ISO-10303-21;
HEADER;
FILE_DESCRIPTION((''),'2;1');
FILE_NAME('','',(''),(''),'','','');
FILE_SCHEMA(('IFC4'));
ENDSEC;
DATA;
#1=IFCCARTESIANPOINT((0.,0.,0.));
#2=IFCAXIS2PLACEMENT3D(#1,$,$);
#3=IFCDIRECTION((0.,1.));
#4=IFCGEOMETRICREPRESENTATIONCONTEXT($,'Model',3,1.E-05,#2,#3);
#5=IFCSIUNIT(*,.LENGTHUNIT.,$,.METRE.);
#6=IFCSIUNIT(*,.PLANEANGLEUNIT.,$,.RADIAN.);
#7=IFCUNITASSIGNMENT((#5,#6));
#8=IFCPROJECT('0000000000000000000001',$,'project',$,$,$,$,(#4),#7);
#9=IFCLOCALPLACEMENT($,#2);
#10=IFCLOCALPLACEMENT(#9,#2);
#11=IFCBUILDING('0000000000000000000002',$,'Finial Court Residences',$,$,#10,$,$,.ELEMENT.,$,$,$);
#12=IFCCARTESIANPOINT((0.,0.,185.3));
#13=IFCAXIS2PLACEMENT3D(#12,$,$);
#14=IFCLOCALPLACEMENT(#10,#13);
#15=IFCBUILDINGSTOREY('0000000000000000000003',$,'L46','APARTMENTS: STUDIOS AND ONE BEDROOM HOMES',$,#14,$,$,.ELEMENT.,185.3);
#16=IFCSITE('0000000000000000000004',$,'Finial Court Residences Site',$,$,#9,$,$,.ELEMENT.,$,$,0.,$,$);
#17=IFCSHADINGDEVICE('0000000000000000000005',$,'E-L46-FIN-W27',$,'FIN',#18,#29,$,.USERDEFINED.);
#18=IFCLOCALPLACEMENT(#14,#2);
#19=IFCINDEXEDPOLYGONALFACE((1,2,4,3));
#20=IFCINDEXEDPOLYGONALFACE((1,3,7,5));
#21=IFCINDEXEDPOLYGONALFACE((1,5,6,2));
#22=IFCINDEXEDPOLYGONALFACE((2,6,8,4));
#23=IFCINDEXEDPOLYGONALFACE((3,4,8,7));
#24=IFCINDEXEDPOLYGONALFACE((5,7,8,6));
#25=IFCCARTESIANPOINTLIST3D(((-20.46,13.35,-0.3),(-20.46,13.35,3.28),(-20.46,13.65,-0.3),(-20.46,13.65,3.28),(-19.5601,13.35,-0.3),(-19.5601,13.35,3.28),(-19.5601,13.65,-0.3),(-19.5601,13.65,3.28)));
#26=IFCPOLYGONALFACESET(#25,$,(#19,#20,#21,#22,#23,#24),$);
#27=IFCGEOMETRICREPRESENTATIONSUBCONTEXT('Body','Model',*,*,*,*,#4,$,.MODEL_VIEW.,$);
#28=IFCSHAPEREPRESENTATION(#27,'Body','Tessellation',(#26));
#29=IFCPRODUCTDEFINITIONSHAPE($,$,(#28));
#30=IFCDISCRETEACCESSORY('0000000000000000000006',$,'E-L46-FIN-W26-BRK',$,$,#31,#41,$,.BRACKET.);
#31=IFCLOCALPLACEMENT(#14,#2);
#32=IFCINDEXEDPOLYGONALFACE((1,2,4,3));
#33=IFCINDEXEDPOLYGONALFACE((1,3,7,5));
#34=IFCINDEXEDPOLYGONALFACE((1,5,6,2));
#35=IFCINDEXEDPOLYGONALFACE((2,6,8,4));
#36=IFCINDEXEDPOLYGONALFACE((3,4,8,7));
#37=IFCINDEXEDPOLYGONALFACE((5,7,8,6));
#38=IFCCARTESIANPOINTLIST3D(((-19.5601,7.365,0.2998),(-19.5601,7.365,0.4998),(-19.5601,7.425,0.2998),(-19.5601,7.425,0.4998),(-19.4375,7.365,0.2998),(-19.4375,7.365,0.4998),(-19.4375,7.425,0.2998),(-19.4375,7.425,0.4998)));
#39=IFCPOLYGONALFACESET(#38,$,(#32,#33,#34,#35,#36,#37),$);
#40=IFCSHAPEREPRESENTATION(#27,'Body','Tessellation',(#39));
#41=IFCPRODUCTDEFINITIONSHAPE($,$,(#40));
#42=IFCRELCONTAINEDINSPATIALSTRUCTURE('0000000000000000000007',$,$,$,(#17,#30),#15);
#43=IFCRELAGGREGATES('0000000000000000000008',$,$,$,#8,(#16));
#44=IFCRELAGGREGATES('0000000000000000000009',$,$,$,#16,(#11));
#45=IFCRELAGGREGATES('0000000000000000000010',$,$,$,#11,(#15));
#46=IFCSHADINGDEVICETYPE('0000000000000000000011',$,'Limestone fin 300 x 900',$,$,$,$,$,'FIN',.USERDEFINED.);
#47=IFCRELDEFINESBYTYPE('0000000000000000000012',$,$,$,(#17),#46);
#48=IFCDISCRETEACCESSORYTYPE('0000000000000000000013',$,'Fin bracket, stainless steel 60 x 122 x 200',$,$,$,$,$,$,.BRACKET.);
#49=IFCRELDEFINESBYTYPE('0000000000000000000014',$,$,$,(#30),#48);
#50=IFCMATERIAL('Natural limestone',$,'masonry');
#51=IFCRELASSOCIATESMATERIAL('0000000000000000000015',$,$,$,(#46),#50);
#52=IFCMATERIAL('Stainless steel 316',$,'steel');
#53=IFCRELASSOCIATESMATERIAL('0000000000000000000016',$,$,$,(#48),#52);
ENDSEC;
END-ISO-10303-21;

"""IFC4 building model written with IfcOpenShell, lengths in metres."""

from ifc_helpers import new_model, si_unit, direction, frame, origin, origin_2d, place, context, subcontext, project, spatial, rectangle, extrude, material, type_object, element, save


model = new_model("IFC4")

# Units and contexts
model_context = context("Model", 3, precision=1e-05, world=origin(), true_north=direction((0.0, 1.0)))
body_context = subcontext(model_context, "Body", "Model", "MODEL_VIEW")
ifc_project = project(units=[si_unit("LENGTHUNIT", "METRE"), si_unit("PLANEANGLEUNIT", "RADIAN")], contexts=[model_context])

# Site, building, storey
site_placement = place(None, origin())
site = spatial("IfcSite", under=ifc_project, at=site_placement, Name="Finial Court Residences Site", CompositionType="ELEMENT", RefElevation=0.0)
building_placement = place(site_placement, origin())
building = spatial("IfcBuilding", under=site, at=building_placement, Name="Finial Court Residences", CompositionType="ELEMENT")
storey_placement = place(building_placement, frame((0.0, 0.0, 185.3)))
storey = spatial("IfcBuildingStorey", under=building, at=storey_placement, Name="L46", Description="APARTMENTS: STUDIOS AND ONE BEDROOM HOMES", CompositionType="ELEMENT", Elevation=185.3)

# Shared definitions
ifc_material_1 = material(Name="Natural limestone", Category="masonry")

# Shading device
shading_device_type = type_object("IfcShadingDeviceType", Name="Limestone fin 300 x 900", ElementType="FIN", PredefinedType="USERDEFINED", material=ifc_material_1)
for number, where, z_axis, x_axis, name in (
    (1, (-20.01, 13.5, -0.3), (0.0, 0.0, 1.0), (1.0, 0.0, 0.0), "E-L46-FIN-W27"),
):
    element("IfcShadingDevice", number, at=place(storey_placement, frame(where, z_axis=z_axis, x_axis=x_axis)), inside=storey, type_object=shading_device_type, Name=name, ObjectType="FIN", PredefinedType="USERDEFINED", context=body_context, shape_type="SweptSolid", body=[
        extrude(rectangle(XDim=0.8999, YDim=0.3, at=origin_2d()), origin(), (0.0, 0.0, 1.0), 3.5801),
    ])

# Discrete accessory
ifc_material_2 = material(Name="Stainless steel 316", Category="steel")
discrete_accessory_type = type_object("IfcDiscreteAccessoryType", Name="Fin bracket, stainless steel 60 x 122 x 200", PredefinedType="BRACKET", material=ifc_material_2)
discrete_accessory_placement = place(storey_placement, frame((-19.4988, 7.395, 0.2998), z_axis=(0.0, 0.0, 1.0), x_axis=(1.0, 0.0, 0.0)))
element("IfcDiscreteAccessory", 2, at=discrete_accessory_placement, inside=storey, type_object=discrete_accessory_type, Name="E-L46-FIN-W26-BRK", PredefinedType="BRACKET", context=body_context, shape_type="SweptSolid", body=[
    extrude(rectangle(XDim=0.1226, YDim=0.0601, at=origin_2d()), origin(), (0.0, 0.0, 1.0), 0.2),
])

save(model, "model.ifc")
